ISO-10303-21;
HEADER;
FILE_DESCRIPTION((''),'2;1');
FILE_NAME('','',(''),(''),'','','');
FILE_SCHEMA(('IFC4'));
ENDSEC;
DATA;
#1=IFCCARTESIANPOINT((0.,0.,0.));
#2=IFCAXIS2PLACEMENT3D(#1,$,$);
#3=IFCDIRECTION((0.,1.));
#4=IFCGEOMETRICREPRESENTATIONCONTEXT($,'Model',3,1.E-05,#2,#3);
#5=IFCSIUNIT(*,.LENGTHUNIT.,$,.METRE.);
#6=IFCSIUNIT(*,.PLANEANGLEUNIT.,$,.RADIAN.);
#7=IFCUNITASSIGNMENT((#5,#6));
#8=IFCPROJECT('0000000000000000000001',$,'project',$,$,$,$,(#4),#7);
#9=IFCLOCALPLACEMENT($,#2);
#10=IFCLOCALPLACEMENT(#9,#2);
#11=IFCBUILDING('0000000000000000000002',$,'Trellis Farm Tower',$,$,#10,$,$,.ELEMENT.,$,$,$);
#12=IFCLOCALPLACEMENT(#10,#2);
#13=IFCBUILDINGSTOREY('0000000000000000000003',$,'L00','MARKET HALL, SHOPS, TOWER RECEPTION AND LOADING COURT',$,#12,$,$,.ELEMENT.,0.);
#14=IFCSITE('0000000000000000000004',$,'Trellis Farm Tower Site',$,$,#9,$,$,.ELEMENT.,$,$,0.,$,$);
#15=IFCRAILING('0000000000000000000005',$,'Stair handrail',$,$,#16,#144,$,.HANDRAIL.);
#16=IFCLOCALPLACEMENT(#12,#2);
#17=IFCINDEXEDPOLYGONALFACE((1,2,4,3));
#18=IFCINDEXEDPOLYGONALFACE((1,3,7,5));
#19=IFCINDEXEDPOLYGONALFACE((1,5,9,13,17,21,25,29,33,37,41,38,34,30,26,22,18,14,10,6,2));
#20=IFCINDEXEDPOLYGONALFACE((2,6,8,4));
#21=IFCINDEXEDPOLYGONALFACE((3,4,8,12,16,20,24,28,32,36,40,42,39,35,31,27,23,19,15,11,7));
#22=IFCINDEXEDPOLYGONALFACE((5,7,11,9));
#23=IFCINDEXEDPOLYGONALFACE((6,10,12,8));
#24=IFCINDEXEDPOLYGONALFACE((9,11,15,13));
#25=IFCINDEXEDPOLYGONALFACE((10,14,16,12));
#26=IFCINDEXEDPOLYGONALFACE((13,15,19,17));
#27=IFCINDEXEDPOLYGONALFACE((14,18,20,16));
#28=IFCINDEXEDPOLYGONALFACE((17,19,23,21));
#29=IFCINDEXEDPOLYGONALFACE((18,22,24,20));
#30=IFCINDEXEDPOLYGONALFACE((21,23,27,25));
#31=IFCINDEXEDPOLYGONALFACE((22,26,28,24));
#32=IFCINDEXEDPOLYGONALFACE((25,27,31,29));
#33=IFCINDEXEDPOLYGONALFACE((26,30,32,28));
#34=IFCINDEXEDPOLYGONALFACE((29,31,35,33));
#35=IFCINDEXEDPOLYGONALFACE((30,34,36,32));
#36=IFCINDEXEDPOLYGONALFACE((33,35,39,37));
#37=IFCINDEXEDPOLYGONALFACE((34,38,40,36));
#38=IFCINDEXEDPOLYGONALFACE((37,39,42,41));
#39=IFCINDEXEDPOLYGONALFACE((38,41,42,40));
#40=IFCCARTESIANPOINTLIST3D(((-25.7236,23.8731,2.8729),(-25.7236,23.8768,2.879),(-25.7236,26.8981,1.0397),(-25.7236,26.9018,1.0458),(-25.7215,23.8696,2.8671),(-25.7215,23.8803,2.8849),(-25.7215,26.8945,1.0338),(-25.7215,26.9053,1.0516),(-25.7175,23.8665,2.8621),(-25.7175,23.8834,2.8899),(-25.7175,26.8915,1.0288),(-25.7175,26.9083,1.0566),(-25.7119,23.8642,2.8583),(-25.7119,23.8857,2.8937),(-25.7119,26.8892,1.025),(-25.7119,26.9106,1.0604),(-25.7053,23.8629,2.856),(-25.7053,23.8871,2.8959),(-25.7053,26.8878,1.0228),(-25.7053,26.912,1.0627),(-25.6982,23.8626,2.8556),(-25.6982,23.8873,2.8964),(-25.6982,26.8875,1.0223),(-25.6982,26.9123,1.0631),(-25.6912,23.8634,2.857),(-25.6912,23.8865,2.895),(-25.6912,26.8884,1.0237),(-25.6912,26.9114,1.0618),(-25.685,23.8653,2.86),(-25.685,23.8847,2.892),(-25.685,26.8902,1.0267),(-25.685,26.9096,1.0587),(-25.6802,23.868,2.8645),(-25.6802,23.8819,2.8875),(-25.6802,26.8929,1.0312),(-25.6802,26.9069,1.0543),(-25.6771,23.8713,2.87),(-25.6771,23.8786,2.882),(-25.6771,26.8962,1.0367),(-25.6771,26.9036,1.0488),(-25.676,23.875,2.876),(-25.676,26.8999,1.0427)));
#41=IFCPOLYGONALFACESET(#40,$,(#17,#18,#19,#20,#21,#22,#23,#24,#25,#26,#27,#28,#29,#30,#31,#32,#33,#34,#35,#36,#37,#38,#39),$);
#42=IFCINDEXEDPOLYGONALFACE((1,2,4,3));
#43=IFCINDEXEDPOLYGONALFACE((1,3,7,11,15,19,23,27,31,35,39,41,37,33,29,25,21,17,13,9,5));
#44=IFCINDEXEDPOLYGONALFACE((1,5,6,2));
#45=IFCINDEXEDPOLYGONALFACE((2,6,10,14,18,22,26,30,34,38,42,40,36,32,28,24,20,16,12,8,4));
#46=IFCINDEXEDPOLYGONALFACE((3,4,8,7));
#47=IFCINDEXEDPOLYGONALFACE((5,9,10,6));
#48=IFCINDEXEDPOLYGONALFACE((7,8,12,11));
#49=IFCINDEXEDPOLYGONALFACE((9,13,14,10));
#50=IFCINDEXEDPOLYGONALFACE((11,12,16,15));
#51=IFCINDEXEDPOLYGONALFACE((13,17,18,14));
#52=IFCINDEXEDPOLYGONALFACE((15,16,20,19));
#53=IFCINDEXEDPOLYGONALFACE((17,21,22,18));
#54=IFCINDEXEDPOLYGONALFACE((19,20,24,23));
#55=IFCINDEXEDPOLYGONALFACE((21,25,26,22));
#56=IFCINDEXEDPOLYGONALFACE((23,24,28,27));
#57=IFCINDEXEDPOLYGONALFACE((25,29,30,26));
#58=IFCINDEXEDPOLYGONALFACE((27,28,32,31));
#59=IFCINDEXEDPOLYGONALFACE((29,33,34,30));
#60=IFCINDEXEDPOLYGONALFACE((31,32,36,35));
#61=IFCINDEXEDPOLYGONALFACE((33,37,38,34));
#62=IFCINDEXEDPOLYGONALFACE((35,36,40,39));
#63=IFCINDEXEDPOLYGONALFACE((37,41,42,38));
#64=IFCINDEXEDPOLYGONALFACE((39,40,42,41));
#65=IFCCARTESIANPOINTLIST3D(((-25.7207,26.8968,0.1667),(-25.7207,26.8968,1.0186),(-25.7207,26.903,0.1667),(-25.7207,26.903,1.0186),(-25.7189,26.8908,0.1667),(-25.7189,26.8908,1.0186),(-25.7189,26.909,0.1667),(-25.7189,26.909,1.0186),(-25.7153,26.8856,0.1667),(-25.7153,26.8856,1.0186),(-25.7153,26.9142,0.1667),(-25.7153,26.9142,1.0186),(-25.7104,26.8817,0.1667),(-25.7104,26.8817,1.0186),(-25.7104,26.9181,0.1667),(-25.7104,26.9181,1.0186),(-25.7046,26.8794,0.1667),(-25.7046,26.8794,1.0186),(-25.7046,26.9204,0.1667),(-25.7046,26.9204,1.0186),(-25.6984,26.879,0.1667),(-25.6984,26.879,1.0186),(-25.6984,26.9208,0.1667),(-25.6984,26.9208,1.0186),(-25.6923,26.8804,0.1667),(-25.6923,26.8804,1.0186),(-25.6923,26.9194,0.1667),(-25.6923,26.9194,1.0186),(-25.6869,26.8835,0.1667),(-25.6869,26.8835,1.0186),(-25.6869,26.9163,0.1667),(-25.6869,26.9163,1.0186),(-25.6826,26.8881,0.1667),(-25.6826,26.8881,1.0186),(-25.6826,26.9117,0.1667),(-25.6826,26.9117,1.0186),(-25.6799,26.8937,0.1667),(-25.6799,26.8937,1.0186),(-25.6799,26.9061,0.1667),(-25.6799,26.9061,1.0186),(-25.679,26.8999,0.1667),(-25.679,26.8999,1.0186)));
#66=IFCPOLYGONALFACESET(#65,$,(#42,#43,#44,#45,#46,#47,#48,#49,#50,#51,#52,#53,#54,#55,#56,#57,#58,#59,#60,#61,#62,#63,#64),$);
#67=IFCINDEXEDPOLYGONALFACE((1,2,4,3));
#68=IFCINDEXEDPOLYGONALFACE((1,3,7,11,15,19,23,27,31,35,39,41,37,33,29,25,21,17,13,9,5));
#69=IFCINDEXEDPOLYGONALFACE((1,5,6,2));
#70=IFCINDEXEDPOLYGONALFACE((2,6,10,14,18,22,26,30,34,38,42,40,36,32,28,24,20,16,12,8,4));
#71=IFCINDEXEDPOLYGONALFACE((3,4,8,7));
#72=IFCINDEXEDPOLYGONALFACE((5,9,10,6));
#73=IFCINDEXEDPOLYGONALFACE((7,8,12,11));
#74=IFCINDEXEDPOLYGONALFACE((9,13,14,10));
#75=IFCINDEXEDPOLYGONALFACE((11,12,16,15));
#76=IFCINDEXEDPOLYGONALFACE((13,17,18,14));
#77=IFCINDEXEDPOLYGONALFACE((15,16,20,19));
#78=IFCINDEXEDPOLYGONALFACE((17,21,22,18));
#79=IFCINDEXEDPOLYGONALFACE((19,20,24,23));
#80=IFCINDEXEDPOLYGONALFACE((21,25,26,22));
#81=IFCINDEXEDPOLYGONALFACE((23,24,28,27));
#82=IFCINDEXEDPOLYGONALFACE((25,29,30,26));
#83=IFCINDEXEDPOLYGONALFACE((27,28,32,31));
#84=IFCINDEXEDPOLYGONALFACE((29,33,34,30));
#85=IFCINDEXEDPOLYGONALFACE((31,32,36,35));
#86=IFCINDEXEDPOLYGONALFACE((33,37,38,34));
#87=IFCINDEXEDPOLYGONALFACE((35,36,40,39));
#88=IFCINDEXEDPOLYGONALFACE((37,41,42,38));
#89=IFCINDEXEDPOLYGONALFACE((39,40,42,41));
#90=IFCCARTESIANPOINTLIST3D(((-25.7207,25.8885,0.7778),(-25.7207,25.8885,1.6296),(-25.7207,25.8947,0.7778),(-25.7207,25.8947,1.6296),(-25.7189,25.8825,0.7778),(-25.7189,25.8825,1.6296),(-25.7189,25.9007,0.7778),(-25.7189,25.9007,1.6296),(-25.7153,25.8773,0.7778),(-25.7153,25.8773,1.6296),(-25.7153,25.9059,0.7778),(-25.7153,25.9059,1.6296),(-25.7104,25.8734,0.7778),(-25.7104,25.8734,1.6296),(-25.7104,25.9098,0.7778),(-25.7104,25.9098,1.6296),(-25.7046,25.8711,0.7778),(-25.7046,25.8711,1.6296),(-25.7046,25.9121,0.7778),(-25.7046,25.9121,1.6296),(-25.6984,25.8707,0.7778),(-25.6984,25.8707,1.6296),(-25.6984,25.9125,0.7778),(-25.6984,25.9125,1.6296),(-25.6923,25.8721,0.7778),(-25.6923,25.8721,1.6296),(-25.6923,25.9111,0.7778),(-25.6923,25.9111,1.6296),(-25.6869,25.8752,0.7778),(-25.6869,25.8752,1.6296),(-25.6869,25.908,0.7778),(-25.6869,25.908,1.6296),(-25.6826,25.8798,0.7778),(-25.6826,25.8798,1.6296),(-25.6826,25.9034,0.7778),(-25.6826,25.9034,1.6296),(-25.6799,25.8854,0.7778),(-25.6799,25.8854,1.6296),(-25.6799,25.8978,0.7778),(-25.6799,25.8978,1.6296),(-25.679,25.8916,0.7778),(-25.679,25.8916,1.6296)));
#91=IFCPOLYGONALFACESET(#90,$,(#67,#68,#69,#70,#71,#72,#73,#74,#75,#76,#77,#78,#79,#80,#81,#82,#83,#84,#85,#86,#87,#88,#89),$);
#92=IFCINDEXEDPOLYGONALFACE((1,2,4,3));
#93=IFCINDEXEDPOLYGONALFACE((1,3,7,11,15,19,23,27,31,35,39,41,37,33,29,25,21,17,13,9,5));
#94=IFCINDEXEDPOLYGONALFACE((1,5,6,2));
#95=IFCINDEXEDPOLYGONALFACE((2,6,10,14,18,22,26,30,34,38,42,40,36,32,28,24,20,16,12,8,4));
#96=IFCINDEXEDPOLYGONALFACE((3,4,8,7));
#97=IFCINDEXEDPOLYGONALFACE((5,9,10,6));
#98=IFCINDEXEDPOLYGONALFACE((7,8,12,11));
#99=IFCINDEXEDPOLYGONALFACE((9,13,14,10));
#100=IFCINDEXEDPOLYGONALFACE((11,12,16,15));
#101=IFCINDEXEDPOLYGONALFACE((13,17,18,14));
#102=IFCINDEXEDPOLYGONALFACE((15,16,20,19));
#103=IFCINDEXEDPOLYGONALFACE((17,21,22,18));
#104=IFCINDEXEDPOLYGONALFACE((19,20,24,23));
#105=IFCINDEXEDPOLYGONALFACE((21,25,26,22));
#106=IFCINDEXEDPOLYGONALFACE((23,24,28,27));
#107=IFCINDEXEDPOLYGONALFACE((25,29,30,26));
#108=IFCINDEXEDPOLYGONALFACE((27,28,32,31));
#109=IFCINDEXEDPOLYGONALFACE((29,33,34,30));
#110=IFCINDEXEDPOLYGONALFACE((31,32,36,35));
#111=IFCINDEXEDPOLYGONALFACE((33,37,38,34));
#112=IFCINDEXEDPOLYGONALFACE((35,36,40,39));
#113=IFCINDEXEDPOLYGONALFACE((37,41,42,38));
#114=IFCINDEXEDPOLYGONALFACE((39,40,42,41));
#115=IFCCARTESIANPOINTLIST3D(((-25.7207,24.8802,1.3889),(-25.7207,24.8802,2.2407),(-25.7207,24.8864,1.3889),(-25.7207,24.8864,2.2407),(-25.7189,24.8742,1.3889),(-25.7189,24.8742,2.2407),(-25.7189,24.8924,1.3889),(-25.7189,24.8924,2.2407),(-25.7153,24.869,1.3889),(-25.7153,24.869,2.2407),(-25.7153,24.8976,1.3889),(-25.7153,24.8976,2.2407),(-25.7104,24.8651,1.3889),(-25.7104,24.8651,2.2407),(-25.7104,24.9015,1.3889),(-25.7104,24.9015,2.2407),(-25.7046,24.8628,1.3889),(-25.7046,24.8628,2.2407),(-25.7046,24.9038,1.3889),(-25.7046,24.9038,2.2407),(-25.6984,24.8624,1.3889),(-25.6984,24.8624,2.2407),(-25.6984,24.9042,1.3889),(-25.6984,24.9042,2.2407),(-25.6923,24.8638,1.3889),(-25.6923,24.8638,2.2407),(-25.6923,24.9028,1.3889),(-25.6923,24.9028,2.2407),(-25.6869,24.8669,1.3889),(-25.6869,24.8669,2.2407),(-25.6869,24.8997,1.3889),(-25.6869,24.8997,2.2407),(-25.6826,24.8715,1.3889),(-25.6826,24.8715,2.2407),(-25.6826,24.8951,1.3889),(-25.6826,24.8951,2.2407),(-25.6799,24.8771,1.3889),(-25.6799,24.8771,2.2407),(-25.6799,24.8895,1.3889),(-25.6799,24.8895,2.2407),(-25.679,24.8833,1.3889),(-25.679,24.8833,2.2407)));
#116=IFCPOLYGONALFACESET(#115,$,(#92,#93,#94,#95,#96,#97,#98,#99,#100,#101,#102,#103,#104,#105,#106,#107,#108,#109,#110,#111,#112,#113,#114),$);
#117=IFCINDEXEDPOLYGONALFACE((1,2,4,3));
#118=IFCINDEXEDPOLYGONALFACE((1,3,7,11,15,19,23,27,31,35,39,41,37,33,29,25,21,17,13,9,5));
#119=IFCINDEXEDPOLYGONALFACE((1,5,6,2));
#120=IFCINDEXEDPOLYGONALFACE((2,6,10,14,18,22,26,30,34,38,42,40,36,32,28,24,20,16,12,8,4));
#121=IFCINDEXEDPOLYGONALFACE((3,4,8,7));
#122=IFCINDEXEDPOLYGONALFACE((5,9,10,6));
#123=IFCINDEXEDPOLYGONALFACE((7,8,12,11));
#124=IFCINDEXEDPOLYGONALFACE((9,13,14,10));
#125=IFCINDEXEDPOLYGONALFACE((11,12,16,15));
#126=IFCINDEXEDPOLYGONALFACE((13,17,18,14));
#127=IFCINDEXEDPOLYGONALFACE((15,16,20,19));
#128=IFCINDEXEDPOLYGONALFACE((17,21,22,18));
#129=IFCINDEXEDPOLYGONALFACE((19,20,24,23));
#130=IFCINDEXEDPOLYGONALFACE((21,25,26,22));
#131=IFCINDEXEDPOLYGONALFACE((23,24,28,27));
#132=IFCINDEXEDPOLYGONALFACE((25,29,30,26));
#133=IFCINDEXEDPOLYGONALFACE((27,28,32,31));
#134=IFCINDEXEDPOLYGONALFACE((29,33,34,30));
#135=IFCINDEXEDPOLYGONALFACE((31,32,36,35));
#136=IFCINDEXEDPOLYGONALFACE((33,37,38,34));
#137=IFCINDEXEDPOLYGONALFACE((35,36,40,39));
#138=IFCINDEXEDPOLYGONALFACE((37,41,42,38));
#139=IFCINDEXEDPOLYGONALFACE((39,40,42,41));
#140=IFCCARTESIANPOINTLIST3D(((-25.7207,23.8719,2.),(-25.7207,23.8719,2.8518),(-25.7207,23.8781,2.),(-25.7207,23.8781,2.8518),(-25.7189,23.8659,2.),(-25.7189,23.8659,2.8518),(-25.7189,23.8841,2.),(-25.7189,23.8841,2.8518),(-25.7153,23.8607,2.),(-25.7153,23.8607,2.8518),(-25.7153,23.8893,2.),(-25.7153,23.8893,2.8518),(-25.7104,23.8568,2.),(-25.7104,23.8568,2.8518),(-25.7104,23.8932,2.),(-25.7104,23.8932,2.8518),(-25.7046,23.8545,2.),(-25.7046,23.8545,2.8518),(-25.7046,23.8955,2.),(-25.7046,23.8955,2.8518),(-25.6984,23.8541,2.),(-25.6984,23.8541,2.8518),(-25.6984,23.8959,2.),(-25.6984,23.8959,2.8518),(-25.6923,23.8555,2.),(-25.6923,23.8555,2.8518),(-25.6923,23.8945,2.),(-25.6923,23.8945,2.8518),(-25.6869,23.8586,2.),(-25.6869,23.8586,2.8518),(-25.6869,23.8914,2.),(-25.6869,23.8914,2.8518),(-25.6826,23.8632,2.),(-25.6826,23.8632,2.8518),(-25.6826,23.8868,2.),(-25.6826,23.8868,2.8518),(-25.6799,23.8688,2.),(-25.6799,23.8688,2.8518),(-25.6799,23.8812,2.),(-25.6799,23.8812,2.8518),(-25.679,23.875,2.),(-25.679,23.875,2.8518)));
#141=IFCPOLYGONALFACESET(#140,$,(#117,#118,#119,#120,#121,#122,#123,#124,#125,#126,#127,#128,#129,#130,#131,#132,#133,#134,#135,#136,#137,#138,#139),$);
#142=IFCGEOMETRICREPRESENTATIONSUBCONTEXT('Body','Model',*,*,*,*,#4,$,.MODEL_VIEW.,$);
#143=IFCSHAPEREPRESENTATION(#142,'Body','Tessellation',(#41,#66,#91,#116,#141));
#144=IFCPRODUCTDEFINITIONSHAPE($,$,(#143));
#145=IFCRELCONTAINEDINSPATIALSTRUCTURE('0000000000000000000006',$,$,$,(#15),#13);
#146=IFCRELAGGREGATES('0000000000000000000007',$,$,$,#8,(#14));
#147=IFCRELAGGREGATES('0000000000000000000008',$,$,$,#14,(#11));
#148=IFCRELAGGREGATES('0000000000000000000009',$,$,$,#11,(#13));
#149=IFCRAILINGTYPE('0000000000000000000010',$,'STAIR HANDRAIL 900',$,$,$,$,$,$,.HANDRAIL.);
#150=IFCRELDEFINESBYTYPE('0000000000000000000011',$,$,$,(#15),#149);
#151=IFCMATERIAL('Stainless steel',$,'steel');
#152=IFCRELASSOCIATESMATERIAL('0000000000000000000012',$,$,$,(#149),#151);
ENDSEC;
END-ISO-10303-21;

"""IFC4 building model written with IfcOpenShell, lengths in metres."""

from ifc_helpers import new_model, si_unit, direction, frame, origin, origin_2d, place, context, subcontext, project, spatial, circle, extrude, source, transform, mapped, material, type_object, element, save


model = new_model("IFC4")

# Units and contexts
model_context = context("Model", 3, precision=1e-05, world=origin(), true_north=direction((0.0, 1.0)))
body_context = subcontext(model_context, "Body", "Model", "MODEL_VIEW")
ifc_project = project(units=[si_unit("LENGTHUNIT", "METRE"), si_unit("PLANEANGLEUNIT", "RADIAN")], contexts=[model_context])

# Site, building, storey
site_placement = place(None, origin())
site = spatial("IfcSite", under=ifc_project, at=site_placement, Name="Trellis Farm Tower Site", CompositionType="ELEMENT", RefElevation=0.0)
building_placement = place(site_placement, origin())
building = spatial("IfcBuilding", under=site, at=building_placement, Name="Trellis Farm Tower", CompositionType="ELEMENT")
storey_placement = place(building_placement, origin())
storey = spatial("IfcBuildingStorey", under=building, at=storey_placement, Name="L00", Description="MARKET HALL, SHOPS, TOWER RECEPTION AND LOADING COURT", CompositionType="ELEMENT", Elevation=0.0)

# Railing
ifc_material_1 = material(Name="Stainless steel", Category="steel")
railing_type = type_object("IfcRailingType", Name="STAIR HANDRAIL 900", PredefinedType="HANDRAIL", material=ifc_material_1)
shared_shape_1 = source(origin(), body_context, "Body", "SweptSolid", [
    extrude(circle(Radius=0.0239, at=origin_2d()), frame((0.0, 0.0, 0.876), z_axis=(0.0, -0.855201, 0.518297), x_axis=(1.0, 0.0, 0.0)), (0.0, 0.0, 1.0), 3.5371),
    extrude(circle(Radius=0.021, at=origin_2d()), origin(), (0.0, 0.0, 1.0), 0.8518),
    extrude(circle(Radius=0.021, at=origin_2d()), frame((0.0, -1.0083, 0.6111)), (0.0, 0.0, 1.0), 0.8518),
    extrude(circle(Radius=0.021, at=origin_2d()), frame((0.0, -2.0166, 1.2222)), (0.0, 0.0, 1.0), 0.8518),
    extrude(circle(Radius=0.021, at=origin_2d()), frame((0.0, -3.0249, 1.8333)), (0.0, 0.0, 1.0), 0.8518),
])
for number, where, name in (
    (1, (-25.7, 26.8999, 0.1667), "Stair handrail"),
):
    element("IfcRailing", number, at=place(storey_placement, frame(where)), inside=storey, type_object=railing_type, Name=name, PredefinedType="HANDRAIL", context=body_context, shape_type="MappedRepresentation", body=[
        mapped(shared_shape_1, transform((0.0, 0.0, 0.0))),
    ])

save(model, "model.ifc")
